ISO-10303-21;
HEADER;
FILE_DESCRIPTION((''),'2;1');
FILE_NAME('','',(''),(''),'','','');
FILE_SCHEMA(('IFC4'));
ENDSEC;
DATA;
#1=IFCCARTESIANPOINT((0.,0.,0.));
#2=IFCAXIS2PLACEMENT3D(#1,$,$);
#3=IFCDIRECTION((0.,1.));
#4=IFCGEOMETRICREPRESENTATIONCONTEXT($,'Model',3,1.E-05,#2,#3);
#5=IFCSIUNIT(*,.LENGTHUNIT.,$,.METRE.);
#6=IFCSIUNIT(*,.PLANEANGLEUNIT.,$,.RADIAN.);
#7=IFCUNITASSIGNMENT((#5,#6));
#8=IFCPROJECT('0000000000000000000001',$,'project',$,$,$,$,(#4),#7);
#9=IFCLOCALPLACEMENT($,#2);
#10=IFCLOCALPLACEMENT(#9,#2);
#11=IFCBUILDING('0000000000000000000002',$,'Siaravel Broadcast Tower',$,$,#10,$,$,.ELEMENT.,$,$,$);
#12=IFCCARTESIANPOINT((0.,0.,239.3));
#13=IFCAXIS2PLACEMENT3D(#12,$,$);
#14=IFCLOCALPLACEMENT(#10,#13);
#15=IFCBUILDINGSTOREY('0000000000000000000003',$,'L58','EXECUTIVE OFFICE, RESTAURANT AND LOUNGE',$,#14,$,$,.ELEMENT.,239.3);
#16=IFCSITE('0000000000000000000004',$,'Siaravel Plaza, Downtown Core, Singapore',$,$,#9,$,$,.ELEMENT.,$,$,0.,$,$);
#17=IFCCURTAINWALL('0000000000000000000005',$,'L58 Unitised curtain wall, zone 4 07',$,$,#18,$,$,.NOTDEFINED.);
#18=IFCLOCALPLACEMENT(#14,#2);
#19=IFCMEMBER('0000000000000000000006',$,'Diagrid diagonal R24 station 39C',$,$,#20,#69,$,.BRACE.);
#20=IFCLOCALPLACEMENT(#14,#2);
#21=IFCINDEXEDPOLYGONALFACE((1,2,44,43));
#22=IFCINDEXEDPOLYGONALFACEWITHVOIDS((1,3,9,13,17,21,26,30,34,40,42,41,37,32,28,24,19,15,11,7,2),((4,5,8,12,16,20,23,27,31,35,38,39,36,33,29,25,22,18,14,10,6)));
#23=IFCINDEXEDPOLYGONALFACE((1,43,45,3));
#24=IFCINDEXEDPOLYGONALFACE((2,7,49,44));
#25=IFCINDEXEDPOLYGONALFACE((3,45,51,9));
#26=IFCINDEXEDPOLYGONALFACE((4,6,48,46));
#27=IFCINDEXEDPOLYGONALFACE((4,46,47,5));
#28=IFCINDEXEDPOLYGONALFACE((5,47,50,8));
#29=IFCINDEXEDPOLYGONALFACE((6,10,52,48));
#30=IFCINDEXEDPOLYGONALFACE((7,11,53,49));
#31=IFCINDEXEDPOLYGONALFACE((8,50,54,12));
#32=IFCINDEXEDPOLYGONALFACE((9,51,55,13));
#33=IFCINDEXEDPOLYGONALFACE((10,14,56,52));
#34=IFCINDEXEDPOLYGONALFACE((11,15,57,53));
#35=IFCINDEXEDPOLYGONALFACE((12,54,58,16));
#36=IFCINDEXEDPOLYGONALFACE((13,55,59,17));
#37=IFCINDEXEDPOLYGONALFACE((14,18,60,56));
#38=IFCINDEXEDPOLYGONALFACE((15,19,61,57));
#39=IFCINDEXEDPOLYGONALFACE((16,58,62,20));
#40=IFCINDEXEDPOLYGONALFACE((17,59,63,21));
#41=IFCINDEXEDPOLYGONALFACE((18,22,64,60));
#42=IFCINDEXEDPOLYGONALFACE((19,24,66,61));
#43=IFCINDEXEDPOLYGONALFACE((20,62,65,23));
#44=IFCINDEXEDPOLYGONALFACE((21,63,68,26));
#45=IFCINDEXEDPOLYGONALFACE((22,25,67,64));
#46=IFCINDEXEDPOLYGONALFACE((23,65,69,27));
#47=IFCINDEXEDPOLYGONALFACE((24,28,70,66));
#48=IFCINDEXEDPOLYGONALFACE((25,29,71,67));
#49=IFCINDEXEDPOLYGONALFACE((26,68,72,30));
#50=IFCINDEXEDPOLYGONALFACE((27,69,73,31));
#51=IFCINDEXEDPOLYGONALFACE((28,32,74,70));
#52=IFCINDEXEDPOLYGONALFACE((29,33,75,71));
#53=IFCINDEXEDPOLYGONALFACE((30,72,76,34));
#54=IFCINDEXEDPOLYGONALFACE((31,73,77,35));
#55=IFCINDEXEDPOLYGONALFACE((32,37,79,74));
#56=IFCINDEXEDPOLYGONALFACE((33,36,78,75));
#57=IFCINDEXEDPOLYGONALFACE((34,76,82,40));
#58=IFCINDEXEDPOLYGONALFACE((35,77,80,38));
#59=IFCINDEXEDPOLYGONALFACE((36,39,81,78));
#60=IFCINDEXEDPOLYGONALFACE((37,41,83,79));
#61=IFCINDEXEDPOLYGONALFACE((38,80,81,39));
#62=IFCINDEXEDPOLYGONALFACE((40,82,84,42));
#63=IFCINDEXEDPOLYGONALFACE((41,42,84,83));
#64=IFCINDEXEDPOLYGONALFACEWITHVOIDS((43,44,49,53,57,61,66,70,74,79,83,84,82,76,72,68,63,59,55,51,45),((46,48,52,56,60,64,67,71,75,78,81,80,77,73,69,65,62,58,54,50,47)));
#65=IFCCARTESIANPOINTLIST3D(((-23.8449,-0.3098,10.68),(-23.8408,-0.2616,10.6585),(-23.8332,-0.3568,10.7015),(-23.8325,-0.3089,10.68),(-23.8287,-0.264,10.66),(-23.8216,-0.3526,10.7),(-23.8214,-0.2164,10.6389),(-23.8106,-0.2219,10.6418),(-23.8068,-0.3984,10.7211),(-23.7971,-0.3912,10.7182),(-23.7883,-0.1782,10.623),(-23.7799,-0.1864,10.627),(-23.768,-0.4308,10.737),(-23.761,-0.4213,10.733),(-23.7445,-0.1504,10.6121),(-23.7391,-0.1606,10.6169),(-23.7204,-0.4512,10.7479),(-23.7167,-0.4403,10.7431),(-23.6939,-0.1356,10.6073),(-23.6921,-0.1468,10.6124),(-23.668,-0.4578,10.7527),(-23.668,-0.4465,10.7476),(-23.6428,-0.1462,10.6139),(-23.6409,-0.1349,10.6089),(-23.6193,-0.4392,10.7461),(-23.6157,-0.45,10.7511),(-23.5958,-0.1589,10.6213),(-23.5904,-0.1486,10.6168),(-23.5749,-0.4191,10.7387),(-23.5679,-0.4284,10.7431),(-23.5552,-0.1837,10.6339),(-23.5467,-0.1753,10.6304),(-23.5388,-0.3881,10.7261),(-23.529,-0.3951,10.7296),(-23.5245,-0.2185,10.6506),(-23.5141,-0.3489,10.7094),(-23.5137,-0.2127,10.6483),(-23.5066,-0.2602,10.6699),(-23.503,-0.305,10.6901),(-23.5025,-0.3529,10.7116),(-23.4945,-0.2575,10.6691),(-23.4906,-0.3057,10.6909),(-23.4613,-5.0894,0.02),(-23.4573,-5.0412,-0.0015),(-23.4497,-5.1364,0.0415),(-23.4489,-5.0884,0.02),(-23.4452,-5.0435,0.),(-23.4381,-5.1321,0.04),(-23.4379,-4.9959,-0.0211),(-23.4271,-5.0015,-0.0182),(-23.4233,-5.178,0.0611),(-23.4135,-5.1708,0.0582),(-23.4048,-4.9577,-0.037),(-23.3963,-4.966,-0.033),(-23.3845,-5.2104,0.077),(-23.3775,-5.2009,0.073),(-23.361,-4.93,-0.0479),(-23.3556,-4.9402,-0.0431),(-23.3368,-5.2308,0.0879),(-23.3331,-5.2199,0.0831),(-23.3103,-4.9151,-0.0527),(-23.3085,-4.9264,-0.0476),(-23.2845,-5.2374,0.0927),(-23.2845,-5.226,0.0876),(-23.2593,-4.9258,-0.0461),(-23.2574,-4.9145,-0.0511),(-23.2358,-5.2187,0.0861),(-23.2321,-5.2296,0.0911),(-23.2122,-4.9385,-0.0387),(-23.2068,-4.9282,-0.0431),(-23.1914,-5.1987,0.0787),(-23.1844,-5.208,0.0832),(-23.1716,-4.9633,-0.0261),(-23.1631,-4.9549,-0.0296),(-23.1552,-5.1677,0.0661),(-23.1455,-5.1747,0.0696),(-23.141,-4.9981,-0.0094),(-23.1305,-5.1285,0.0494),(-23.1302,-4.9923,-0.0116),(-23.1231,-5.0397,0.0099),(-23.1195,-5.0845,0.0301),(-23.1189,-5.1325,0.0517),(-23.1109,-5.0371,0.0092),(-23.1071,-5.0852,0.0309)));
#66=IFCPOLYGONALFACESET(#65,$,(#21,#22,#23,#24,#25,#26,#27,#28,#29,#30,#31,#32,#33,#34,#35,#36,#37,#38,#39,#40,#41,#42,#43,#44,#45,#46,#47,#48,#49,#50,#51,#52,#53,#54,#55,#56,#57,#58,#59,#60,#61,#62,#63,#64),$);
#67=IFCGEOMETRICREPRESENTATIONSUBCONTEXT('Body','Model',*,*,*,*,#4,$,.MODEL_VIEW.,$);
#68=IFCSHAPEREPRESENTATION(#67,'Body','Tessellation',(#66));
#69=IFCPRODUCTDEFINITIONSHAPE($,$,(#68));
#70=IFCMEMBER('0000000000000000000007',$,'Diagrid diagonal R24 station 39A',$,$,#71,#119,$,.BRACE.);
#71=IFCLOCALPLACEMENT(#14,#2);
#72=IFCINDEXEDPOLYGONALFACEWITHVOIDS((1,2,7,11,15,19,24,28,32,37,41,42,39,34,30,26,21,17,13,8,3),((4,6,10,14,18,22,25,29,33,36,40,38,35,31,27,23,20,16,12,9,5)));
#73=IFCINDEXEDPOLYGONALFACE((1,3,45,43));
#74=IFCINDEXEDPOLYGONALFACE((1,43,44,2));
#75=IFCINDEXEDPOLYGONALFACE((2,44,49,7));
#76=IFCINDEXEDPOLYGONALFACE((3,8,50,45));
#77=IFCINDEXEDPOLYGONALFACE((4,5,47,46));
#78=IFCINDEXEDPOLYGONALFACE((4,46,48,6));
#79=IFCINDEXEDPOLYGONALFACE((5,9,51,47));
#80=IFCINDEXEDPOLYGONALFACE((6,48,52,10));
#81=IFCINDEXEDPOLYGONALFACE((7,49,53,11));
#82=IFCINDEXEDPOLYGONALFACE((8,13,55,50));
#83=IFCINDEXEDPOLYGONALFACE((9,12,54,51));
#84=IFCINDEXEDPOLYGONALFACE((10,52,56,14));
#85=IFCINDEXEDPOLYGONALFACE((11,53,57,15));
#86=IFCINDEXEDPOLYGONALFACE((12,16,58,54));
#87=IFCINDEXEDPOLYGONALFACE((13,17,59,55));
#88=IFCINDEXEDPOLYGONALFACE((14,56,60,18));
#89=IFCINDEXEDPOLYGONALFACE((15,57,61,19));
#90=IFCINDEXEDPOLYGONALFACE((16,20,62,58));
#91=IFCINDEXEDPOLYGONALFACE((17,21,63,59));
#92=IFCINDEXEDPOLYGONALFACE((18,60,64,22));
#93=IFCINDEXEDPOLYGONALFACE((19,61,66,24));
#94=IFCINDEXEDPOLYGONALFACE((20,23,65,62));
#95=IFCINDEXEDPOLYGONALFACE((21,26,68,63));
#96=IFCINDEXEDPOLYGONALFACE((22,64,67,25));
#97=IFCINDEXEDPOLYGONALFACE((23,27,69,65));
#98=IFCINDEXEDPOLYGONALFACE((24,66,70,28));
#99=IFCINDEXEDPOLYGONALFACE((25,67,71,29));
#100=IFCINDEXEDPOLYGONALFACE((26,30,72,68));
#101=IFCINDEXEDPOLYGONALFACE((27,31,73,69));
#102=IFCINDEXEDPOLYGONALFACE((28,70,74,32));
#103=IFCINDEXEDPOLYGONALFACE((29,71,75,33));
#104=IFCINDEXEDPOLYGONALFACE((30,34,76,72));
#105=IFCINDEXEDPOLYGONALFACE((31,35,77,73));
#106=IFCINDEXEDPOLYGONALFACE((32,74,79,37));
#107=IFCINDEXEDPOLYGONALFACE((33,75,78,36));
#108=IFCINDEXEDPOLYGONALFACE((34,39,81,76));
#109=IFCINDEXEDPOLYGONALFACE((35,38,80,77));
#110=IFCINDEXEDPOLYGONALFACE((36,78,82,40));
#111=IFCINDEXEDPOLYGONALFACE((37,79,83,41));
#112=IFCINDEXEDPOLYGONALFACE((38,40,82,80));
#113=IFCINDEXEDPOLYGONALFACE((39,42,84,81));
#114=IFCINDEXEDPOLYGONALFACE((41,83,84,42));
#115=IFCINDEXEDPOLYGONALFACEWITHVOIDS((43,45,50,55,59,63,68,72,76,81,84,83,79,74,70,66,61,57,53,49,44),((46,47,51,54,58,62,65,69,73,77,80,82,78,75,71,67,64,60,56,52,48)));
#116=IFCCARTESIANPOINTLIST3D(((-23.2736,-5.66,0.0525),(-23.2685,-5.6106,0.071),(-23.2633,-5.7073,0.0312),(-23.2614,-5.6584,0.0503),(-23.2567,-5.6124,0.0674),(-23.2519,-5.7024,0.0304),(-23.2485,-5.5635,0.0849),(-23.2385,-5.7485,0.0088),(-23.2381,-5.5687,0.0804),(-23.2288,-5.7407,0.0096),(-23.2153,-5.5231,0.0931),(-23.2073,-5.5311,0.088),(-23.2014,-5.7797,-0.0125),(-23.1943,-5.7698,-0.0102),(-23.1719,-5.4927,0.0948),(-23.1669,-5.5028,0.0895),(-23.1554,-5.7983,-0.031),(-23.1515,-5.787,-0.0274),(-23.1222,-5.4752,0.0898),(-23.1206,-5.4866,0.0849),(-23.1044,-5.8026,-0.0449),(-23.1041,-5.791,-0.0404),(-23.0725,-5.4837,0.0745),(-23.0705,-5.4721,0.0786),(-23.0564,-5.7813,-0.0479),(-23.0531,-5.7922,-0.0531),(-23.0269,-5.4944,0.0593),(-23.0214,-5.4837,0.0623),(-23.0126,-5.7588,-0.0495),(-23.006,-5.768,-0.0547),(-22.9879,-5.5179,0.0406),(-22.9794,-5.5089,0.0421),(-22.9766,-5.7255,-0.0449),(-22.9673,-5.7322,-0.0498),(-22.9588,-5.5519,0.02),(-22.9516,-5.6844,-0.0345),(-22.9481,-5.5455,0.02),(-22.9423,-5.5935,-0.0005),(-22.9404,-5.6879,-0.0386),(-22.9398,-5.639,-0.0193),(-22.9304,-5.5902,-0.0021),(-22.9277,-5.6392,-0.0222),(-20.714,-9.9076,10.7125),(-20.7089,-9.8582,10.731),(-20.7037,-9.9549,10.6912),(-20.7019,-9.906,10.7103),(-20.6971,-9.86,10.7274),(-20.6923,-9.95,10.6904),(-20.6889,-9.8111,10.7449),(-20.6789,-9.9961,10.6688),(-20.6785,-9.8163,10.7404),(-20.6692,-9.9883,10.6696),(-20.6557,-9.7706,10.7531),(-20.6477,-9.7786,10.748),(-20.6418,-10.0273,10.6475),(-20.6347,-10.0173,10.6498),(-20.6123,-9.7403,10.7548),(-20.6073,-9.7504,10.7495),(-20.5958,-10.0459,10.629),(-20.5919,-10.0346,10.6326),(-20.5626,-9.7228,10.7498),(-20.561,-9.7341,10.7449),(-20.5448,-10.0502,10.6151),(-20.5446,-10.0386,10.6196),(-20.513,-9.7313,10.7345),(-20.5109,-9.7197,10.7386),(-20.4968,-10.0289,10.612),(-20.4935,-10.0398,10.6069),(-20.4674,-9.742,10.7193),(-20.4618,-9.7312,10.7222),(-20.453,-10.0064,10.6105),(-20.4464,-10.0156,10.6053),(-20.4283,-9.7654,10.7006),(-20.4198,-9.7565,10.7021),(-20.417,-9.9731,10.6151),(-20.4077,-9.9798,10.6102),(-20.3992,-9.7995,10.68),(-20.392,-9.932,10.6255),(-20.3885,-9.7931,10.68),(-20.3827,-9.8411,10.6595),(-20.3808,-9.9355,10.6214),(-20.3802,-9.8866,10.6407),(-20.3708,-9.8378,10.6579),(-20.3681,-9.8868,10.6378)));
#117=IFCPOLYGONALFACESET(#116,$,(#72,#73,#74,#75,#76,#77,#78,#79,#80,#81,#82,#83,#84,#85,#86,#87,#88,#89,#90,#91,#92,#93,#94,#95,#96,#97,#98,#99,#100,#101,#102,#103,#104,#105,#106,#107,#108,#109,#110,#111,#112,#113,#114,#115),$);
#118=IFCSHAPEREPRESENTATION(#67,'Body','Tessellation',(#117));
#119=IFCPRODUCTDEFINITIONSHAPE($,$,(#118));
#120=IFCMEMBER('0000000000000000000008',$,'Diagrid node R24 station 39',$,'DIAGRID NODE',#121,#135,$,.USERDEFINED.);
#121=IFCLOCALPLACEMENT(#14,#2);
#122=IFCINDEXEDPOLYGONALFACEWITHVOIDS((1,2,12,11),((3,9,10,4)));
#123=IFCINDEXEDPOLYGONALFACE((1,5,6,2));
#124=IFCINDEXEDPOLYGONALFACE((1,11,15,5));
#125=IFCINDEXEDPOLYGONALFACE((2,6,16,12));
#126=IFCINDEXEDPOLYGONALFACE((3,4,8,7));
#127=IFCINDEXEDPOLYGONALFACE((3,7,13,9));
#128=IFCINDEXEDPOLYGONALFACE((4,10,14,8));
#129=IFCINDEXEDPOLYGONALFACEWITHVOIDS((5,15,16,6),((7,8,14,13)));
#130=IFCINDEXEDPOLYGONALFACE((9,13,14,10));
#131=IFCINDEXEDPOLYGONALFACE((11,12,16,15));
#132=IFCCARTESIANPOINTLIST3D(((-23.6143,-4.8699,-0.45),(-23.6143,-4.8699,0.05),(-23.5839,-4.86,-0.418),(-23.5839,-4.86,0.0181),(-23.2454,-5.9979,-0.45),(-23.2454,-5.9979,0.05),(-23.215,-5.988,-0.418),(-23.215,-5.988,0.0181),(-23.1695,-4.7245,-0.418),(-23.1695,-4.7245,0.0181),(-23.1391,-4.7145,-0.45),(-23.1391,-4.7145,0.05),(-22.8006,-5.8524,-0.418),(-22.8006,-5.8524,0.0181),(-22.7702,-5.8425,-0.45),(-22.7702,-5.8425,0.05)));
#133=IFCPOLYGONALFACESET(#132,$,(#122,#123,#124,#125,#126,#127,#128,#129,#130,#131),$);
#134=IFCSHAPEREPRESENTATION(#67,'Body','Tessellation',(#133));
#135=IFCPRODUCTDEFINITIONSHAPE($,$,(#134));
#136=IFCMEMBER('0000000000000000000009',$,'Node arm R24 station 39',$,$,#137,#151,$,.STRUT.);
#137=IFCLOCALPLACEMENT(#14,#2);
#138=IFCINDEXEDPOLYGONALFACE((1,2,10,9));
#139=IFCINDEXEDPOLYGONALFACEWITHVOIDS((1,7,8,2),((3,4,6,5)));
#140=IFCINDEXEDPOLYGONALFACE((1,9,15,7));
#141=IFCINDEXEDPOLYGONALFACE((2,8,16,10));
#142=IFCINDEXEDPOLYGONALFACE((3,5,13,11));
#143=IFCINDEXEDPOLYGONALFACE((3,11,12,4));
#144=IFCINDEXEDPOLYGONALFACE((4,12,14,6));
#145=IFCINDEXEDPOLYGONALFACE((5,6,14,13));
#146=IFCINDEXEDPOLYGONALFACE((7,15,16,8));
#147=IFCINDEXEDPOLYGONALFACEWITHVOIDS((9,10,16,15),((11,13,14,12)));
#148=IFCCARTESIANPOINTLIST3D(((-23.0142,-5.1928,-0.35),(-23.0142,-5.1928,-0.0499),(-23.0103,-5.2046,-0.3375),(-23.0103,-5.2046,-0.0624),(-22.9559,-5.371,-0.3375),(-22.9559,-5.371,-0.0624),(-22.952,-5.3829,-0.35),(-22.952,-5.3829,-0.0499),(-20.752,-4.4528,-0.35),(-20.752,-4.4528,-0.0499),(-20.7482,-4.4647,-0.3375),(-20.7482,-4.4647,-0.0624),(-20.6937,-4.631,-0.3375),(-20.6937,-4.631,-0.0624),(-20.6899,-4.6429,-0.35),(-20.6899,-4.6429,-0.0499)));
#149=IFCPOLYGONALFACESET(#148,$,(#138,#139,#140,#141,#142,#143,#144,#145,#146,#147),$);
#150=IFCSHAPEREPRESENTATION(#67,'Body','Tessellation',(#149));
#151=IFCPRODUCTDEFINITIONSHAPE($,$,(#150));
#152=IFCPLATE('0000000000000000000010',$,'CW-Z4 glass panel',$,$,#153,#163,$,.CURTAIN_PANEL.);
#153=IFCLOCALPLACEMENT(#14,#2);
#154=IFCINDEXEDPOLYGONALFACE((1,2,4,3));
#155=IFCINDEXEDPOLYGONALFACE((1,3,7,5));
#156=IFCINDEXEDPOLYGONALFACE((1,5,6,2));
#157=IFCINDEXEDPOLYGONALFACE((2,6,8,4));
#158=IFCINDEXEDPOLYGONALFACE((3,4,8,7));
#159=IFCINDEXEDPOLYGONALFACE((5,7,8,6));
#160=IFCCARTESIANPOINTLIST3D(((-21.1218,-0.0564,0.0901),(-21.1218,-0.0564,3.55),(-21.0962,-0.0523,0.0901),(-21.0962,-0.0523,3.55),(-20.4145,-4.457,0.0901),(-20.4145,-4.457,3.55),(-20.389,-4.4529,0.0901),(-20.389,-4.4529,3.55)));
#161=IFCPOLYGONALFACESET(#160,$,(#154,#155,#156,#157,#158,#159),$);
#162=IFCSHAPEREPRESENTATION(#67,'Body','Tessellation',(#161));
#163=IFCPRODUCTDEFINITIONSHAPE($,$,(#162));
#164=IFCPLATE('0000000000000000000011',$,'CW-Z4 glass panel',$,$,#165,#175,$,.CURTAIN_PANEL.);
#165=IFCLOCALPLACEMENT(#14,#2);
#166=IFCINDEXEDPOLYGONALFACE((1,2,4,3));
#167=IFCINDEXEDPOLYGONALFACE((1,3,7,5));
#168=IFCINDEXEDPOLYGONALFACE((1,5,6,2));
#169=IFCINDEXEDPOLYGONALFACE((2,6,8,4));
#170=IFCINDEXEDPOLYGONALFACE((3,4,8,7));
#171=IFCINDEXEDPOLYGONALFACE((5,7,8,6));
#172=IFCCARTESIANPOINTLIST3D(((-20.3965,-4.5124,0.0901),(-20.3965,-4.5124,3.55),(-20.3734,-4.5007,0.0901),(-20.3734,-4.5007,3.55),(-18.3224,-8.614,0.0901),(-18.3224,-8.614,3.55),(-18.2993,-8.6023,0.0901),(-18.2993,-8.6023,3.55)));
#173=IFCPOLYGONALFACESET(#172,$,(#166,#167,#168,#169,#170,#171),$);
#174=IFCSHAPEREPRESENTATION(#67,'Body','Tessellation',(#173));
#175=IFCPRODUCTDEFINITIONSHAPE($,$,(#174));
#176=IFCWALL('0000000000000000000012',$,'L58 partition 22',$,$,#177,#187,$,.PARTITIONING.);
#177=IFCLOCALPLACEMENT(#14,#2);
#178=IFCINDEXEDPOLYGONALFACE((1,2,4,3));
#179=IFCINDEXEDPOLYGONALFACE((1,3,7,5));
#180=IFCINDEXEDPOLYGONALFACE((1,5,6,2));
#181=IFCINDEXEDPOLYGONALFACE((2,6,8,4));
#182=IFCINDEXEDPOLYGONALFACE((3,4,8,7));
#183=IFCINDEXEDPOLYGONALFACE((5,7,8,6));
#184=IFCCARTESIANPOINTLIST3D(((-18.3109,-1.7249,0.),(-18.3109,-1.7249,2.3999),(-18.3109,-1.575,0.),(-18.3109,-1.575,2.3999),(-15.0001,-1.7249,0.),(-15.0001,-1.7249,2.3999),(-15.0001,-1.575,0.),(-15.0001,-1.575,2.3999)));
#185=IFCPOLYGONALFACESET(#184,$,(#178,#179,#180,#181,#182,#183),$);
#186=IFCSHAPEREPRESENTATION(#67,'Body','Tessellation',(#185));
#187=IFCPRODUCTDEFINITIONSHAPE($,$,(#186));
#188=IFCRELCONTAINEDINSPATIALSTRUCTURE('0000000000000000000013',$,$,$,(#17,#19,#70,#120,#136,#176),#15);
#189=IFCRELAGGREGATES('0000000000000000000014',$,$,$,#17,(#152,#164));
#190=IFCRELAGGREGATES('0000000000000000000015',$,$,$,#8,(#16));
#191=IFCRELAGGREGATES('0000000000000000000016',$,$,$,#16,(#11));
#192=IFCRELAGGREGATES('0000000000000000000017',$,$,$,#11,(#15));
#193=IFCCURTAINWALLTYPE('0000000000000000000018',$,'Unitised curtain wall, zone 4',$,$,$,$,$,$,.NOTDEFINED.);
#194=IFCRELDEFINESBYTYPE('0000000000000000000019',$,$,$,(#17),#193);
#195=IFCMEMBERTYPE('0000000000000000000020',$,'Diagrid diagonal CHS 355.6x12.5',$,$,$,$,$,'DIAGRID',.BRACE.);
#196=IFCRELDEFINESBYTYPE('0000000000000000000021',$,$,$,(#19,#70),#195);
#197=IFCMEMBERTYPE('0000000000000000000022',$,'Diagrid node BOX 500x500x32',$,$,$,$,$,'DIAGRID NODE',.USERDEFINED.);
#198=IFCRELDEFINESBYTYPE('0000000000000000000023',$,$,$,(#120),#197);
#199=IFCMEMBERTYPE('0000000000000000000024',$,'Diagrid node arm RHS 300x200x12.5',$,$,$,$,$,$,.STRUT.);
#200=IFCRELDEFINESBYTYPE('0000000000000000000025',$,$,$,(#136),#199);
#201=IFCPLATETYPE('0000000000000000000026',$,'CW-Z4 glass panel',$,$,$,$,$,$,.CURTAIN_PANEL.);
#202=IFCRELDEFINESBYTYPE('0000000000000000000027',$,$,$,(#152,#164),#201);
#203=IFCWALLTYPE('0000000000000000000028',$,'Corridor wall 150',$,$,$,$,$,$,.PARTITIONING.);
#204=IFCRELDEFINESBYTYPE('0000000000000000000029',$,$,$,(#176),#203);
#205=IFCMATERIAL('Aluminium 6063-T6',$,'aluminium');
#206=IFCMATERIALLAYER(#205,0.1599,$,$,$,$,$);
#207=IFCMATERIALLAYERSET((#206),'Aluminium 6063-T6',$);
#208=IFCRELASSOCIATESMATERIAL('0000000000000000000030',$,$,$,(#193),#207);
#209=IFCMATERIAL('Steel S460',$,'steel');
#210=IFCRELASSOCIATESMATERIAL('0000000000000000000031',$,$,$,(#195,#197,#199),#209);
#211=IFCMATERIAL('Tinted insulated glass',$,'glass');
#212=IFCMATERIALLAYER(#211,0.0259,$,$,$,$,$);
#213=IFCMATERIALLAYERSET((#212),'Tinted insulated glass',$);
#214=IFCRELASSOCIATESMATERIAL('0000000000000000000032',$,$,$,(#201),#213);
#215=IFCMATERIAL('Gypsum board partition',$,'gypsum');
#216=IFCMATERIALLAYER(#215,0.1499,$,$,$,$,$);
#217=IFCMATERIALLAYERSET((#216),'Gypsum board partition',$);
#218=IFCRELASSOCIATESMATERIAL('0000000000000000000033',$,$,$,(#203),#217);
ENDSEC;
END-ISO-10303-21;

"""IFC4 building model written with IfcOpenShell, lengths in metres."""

from ifc_helpers import new_model, si_unit, direction, frame, frame_2d, origin, origin_2d, place, context, subcontext, project, spatial, rectangle, hollow_rectangle, hollow_circle, extrude, material, layer, layer_set, material_profile, profile_set, type_object, element, aggregate, save


model = new_model("IFC4")

# Units and contexts
model_context = context("Model", 3, precision=1e-05, world=origin(), true_north=direction((0.0, 1.0)))
body_context = subcontext(model_context, "Body", "Model", "MODEL_VIEW")
ifc_project = project(units=[si_unit("LENGTHUNIT", "METRE"), si_unit("PLANEANGLEUNIT", "RADIAN")], contexts=[model_context])

# Site, building, storey
site_placement = place(None, origin())
site = spatial("IfcSite", under=ifc_project, at=site_placement, Name="Siaravel Plaza, Downtown Core, Singapore", CompositionType="ELEMENT", RefElevation=0.0)
building_placement = place(site_placement, origin())
building = spatial("IfcBuilding", under=site, at=building_placement, Name="Siaravel Broadcast Tower", CompositionType="ELEMENT")
storey_placement = place(building_placement, frame((0.0, 0.0, 239.3)))
storey = spatial("IfcBuildingStorey", under=building, at=storey_placement, Name="L58", Description="EXECUTIVE OFFICE, RESTAURANT AND LOUNGE", CompositionType="ELEMENT", Elevation=239.3)

# Curtain wall
ifc_material_1 = material(Name="Aluminium 6063-T6", Category="aluminium")
ifc_layer_1 = layer(ifc_material_1, 0.1599)
ifc_layer_set_1 = layer_set([ifc_layer_1], Name="Aluminium 6063-T6")
curtain_wall_type = type_object("IfcCurtainWallType", Name="Unitised curtain wall, zone 4", PredefinedType="NOTDEFINED", material=ifc_layer_set_1)
curtain_wall_placement = place(storey_placement, origin())
curtain_wall = element("IfcCurtainWall", 1, at=curtain_wall_placement, inside=storey, type_object=curtain_wall_type, Name="L58 Unitised curtain wall, zone 4 07", PredefinedType="NOTDEFINED")

# Members
ifc_material_2 = material(Name="Steel S460", Category="steel")
ifc_material_profile_1 = material_profile(ifc_material_2, hollow_circle(Radius=0.1777, WallThickness=0.0125, at=origin_2d()))
ifc_profile_set_1 = profile_set([ifc_material_profile_1], Name="Steel S460")
member_type_1 = type_object("IfcMemberType", Name="Diagrid diagonal CHS 355.6x12.5", ElementType="DIAGRID", PredefinedType="BRACE", material=ifc_profile_set_1)
member_1_placement = place(storey_placement, frame((-23.2842, -5.0752, 0.02), z_axis=(-0.032813, 0.408904, 0.911987), x_axis=(-0.996796, -0.07999, 0.0)))
element("IfcMember", 2, at=member_1_placement, inside=storey, type_object=member_type_1, Name="Diagrid diagonal R24 station 39C", PredefinedType="BRACE", context=body_context, shape_type="SweptSolid", body=[
    extrude(hollow_circle(Radius=0.1777, WallThickness=0.0125, at=origin_2d()), origin(), (0.0, 0.0, 1.0), 11.6887),
])
member_2_placement = place(storey_placement, frame((-23.1003, -5.6372, 0.02), z_axis=(0.217706, -0.361279, 0.906687), x_axis=(0.85651, 0.516131, 0.0)))
element("IfcMember", 3, at=member_2_placement, inside=storey, type_object=member_type_1, Name="Diagrid diagonal R24 station 39A", PredefinedType="BRACE", context=body_context, shape_type="SweptSolid", body=[
    extrude(hollow_circle(Radius=0.1777, WallThickness=0.0125, at=origin_2d()), origin(), (0.0, 0.0, 1.0), 11.7571),
])
ifc_material_profile_2 = material_profile(ifc_material_2, hollow_rectangle(XDim=0.5, YDim=0.5, WallThickness=0.032, at=origin_2d()))
ifc_profile_set_2 = profile_set([ifc_material_profile_2], Name="Steel S460")
member_type_2 = type_object("IfcMemberType", Name="Diagrid node BOX 500x500x32", ElementType="DIAGRID NODE", PredefinedType="USERDEFINED", material=ifc_profile_set_2)
member_3_placement = place(storey_placement, frame((-23.3767, -4.7922, -0.2), z_axis=(0.310853, -0.950458, 0.0), x_axis=(0.950458, 0.310853, 0.0)))
element("IfcMember", 4, at=member_3_placement, inside=storey, type_object=member_type_2, Name="Diagrid node R24 station 39", ObjectType="DIAGRID NODE", PredefinedType="USERDEFINED", context=body_context, shape_type="SweptSolid", body=[
    extrude(hollow_rectangle(XDim=0.5, YDim=0.5, WallThickness=0.032, at=origin_2d()), origin(), (0.0, 0.0, 1.0), 1.1868),
])
ifc_material_profile_3 = material_profile(ifc_material_2, hollow_rectangle(XDim=0.2, YDim=0.3, WallThickness=0.0125, at=origin_2d()))
ifc_profile_set_3 = profile_set([ifc_material_profile_3], Name="Steel S460")
member_type_3 = type_object("IfcMemberType", Name="Diagrid node arm RHS 300x200x12.5", PredefinedType="STRUT", material=ifc_profile_set_3)
member_4_placement = place(storey_placement, frame((-20.7209, -4.5479, -0.2), z_axis=(-0.950443, -0.310899, 0.0), x_axis=(0.310899, -0.950443, 0.0)))
element("IfcMember", 5, at=member_4_placement, inside=storey, type_object=member_type_3, Name="Node arm R24 station 39", PredefinedType="STRUT", context=body_context, shape_type="SweptSolid", body=[
    extrude(hollow_rectangle(XDim=0.2, YDim=0.3, WallThickness=0.0125, at=origin_2d()), origin(), (0.0, 0.0, 1.0), 2.3801),
])

# Plates
ifc_material_3 = material(Name="Tinted insulated glass", Category="glass")
ifc_layer_2 = layer(ifc_material_3, 0.0259)
ifc_layer_set_2 = layer_set([ifc_layer_2], Name="Tinted insulated glass")
plate_type = type_object("IfcPlateType", Name="CW-Z4 glass panel", PredefinedType="CURTAIN_PANEL", material=ifc_layer_set_2)
plate_1_placement = place(storey_placement, frame((-20.7554, -2.2546, 0.0901), z_axis=(0.0, 0.0, 1.0), x_axis=(0.158685, -0.987329, 0.0)))
plate_1 = element("IfcPlate", 6, at=plate_1_placement, type_object=plate_type, Name="CW-Z4 glass panel", PredefinedType="CURTAIN_PANEL", context=body_context, shape_type="SweptSolid", body=[
    extrude(rectangle(XDim=4.457, YDim=0.0259, at=origin_2d()), origin(), (0.0, 0.0, 1.0), 3.46),
])
plate_2_placement = place(storey_placement, frame((-19.3479, -6.5574, 0.0901), z_axis=(0.0, 0.0, 1.0), x_axis=(0.451259, -0.892393, 0.0)))
plate_2 = element("IfcPlate", 7, at=plate_2_placement, type_object=plate_type, Name="CW-Z4 glass panel", PredefinedType="CURTAIN_PANEL", context=body_context, shape_type="SweptSolid", body=[
    extrude(rectangle(XDim=4.5962, YDim=0.0259, at=origin_2d()), origin(), (0.0, 0.0, 1.0), 3.46),
])
aggregate(curtain_wall, [plate_1, plate_2])

# Shared definitions
ifc_material_4 = material(Name="Gypsum board partition", Category="gypsum")
ifc_layer_3 = layer(ifc_material_4, 0.1499)
ifc_layer_set_3 = layer_set([ifc_layer_3], Name="Gypsum board partition")
wall_type_1 = type_object("IfcWallType", Name="Corridor wall 150", PredefinedType="PARTITIONING", material=ifc_layer_set_3)

# Wall
wall_1_placement = place(storey_placement, frame((-18.3108, -1.6499, 0.0), z_axis=(0.0, 0.0, 1.0), x_axis=(1.0, 0.0, 0.0)))
element("IfcWall", 8, at=wall_1_placement, inside=storey, type_object=wall_type_1, Name="L58 partition 22", PredefinedType="PARTITIONING", context=body_context, shape_type="SweptSolid", body=[
    extrude(rectangle(XDim=3.3108, YDim=0.1499, at=frame_2d((1.6553, 0.0))), origin(), (0.0, 0.0, 1.0), 2.3999),
])

save(model, "model.ifc")
